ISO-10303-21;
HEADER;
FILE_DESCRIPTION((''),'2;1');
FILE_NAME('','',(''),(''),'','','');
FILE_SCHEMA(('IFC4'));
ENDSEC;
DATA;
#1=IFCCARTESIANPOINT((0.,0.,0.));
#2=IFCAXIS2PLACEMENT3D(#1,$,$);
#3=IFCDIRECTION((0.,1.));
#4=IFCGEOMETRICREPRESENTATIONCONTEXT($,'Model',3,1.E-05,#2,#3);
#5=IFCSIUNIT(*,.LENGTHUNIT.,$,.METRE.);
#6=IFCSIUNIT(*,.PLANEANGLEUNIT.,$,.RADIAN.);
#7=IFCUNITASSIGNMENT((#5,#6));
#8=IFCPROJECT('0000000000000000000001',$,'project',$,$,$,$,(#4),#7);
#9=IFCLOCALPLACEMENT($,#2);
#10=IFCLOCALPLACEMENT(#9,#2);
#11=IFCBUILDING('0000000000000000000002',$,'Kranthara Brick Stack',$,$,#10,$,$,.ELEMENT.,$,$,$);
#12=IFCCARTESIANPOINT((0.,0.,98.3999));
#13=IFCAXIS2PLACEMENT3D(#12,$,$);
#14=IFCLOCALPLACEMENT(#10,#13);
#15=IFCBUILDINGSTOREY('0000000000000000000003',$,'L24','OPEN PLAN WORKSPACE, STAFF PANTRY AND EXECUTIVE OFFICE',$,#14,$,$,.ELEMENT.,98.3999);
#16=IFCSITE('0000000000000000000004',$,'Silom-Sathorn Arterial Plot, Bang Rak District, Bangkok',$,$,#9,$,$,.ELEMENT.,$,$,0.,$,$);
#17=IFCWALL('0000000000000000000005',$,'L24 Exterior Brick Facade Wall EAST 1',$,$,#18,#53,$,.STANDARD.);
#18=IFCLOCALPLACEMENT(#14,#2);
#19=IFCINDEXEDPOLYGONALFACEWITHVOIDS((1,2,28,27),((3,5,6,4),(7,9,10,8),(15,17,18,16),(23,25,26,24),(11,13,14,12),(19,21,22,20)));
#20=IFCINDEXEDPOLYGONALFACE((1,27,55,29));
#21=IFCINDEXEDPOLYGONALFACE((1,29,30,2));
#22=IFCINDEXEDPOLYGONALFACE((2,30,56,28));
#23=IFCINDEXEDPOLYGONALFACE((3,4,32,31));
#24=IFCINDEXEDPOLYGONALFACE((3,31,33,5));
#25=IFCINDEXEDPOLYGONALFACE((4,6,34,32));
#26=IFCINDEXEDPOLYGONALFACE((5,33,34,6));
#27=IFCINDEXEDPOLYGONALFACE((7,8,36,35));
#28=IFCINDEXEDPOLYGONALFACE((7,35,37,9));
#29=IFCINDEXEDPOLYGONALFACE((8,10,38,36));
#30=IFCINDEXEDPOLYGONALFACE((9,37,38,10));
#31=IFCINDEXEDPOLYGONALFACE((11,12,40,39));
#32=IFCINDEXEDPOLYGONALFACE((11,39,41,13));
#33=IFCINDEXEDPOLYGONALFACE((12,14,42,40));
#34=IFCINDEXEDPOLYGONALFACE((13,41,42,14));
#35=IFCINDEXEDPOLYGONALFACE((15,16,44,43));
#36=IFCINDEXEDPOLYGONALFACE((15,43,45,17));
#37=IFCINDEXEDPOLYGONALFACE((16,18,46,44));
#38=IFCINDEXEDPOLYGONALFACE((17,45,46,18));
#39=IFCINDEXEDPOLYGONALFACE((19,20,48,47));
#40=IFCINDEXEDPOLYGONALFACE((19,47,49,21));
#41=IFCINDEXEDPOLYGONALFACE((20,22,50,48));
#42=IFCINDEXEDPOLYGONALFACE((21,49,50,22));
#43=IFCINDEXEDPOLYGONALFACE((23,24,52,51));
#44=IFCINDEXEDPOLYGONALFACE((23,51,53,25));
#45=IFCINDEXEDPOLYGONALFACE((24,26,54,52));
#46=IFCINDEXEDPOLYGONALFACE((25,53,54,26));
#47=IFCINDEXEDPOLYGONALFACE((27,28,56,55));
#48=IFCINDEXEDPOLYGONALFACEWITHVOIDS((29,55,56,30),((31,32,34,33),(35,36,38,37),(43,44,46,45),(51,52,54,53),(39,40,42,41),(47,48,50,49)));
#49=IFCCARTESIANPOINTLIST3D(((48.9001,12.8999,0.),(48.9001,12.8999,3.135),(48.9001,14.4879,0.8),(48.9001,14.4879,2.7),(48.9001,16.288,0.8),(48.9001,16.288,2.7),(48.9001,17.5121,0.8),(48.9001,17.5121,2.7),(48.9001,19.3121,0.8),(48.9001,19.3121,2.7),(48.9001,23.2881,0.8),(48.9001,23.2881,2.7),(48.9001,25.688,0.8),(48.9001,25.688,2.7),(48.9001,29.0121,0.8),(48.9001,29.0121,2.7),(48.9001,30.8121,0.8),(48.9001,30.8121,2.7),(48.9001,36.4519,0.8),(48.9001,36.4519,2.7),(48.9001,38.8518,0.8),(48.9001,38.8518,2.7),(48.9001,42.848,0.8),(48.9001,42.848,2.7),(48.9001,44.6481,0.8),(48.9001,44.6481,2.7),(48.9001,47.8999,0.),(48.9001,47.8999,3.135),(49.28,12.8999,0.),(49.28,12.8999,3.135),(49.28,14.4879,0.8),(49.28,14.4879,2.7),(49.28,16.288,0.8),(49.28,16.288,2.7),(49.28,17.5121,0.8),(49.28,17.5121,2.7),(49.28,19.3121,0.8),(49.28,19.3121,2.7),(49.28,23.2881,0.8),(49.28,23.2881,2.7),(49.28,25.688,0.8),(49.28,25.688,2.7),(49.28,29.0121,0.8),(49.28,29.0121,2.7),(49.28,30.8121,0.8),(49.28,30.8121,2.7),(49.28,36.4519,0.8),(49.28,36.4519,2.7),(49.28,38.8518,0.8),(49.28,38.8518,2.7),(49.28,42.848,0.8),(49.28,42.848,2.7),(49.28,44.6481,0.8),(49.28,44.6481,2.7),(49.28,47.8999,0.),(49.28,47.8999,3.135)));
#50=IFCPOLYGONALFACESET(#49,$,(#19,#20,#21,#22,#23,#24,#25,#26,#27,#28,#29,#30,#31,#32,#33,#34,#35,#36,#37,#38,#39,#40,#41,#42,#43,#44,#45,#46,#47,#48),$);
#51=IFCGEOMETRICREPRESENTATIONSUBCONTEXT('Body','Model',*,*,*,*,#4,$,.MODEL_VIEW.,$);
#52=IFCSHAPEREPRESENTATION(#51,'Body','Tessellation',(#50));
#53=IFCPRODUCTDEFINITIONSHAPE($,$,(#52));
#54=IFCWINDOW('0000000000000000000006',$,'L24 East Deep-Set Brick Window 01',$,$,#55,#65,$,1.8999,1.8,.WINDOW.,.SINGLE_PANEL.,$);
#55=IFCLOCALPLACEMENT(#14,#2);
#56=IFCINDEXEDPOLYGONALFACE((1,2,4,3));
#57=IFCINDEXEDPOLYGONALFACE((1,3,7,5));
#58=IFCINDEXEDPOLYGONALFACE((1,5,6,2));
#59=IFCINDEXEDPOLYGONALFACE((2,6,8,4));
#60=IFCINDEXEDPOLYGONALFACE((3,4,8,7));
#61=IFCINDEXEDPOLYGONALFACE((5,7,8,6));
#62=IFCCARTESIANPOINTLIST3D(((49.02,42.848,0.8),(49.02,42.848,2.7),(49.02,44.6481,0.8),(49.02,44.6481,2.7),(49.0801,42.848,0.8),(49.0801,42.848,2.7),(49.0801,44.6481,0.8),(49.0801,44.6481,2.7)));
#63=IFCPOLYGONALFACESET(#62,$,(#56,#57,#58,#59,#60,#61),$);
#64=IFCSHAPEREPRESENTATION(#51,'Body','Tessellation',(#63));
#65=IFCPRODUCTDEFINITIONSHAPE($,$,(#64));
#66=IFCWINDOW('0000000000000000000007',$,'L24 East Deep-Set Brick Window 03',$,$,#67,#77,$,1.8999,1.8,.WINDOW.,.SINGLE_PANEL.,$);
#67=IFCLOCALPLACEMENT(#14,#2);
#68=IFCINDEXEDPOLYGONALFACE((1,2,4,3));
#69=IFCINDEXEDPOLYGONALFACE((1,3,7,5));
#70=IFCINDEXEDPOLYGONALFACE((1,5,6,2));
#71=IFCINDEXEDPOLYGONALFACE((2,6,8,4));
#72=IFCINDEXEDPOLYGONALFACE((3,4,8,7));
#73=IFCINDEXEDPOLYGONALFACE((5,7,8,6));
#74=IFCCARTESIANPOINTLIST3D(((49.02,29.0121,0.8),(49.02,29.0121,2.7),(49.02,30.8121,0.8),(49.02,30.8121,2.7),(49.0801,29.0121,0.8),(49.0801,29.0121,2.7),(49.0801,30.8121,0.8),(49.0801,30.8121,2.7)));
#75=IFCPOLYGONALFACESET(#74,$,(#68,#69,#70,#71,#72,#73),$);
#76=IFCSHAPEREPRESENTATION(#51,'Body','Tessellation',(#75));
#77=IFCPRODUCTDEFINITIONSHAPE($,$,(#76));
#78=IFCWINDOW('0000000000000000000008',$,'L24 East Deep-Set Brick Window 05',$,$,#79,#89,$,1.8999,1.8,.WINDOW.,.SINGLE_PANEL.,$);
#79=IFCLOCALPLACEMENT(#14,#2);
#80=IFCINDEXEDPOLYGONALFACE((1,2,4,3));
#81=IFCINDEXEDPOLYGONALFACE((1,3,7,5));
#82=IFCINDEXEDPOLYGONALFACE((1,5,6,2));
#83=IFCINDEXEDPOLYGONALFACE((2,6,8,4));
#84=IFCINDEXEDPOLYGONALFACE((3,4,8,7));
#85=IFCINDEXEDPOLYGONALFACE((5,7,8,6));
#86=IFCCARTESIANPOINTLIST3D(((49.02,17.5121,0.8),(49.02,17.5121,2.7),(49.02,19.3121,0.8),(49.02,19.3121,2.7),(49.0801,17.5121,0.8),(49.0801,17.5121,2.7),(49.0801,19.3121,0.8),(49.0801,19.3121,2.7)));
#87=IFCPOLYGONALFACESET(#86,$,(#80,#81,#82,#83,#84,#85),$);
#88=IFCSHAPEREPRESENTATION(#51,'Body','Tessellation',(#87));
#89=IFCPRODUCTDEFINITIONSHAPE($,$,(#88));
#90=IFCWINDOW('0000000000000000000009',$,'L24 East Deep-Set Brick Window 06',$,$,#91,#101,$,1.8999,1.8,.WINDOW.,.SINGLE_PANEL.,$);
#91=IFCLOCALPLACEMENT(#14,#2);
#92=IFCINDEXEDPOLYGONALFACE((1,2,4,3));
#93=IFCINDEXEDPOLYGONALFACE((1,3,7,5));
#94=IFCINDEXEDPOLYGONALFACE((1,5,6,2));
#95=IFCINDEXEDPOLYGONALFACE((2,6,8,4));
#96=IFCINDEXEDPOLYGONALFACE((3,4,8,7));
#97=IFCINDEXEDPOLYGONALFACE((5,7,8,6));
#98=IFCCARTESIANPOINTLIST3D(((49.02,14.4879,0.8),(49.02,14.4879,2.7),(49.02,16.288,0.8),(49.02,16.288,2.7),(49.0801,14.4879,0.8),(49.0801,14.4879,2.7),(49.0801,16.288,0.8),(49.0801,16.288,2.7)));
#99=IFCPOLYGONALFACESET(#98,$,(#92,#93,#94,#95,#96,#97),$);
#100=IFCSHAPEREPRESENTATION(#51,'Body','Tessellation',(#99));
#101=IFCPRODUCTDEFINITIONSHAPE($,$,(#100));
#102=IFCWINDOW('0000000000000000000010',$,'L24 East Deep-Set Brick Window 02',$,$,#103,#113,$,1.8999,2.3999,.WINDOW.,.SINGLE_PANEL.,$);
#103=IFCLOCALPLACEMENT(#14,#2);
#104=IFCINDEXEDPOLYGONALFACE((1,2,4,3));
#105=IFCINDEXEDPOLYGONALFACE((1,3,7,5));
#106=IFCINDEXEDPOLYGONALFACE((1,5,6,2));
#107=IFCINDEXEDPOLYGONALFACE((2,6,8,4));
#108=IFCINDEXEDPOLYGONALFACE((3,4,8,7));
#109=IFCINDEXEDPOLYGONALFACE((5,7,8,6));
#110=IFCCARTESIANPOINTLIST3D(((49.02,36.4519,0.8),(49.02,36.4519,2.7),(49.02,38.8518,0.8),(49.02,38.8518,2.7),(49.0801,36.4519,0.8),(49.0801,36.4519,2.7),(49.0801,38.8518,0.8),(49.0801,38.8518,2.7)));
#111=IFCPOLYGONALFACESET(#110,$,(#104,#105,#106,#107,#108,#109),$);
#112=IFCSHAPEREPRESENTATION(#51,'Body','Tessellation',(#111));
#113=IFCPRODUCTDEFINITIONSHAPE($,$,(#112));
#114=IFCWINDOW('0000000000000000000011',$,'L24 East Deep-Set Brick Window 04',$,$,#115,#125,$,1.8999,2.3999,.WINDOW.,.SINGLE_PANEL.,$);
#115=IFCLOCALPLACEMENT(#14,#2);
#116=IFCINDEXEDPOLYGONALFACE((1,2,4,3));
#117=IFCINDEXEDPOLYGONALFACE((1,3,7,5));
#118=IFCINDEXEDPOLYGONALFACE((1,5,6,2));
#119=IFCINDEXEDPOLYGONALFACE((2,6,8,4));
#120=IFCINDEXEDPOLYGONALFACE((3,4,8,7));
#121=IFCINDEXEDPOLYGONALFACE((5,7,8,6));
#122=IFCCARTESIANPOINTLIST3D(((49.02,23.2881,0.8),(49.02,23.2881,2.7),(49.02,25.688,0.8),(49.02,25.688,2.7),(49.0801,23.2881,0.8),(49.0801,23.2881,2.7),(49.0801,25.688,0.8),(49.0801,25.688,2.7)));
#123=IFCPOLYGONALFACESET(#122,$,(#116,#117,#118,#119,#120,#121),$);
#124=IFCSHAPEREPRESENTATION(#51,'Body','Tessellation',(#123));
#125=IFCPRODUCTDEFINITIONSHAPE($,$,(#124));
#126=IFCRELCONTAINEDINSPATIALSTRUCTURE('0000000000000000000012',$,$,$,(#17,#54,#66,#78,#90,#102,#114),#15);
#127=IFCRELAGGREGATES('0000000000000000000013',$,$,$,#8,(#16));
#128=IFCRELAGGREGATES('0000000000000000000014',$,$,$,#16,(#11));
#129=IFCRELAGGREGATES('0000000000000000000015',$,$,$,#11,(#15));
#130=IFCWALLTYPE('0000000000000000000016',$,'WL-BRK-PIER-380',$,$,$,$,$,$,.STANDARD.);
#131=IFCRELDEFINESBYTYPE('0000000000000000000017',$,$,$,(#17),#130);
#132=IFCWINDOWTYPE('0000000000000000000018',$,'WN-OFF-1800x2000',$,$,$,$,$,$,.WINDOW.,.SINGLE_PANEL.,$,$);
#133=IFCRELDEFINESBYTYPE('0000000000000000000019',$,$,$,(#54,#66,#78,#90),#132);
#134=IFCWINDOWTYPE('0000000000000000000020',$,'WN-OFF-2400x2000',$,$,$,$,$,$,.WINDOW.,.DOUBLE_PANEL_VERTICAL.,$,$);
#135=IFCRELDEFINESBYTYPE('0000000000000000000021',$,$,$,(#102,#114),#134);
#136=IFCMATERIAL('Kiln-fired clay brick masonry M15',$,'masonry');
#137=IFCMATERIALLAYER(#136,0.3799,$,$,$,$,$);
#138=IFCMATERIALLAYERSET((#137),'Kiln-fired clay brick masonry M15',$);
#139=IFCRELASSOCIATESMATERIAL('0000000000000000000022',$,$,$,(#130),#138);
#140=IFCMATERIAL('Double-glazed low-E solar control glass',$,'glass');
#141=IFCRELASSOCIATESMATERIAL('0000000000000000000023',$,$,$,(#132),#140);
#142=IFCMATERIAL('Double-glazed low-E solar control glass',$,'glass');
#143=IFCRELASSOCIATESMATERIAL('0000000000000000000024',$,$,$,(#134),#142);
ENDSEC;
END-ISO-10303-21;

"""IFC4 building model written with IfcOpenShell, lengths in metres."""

from ifc_helpers import new_model, si_unit, direction, frame, frame_2d, origin, place, context, subcontext, project, spatial, rectangle, extrude, material, layer, layer_set, type_object, element, fill, save


model = new_model("IFC4")

# Units and contexts
model_context = context("Model", 3, precision=1e-05, world=origin(), true_north=direction((0.0, 1.0)))
body_context = subcontext(model_context, "Body", "Model", "MODEL_VIEW")
ifc_project = project(units=[si_unit("LENGTHUNIT", "METRE"), si_unit("PLANEANGLEUNIT", "RADIAN")], contexts=[model_context])

# Site, building, storey
site_placement = place(None, origin())
site = spatial("IfcSite", under=ifc_project, at=site_placement, Name="Silom-Sathorn Arterial Plot, Bang Rak District, Bangkok", CompositionType="ELEMENT", RefElevation=0.0)
building_placement = place(site_placement, origin())
building = spatial("IfcBuilding", under=site, at=building_placement, Name="Kranthara Brick Stack", CompositionType="ELEMENT")
storey_placement = place(building_placement, frame((0.0, 0.0, 98.3999)))
storey = spatial("IfcBuildingStorey", under=building, at=storey_placement, Name="L24", Description="OPEN PLAN WORKSPACE, STAFF PANTRY AND EXECUTIVE OFFICE", CompositionType="ELEMENT", Elevation=98.3999)

# Shared definitions
ifc_material_1 = material(Name="Kiln-fired clay brick masonry M15", Category="masonry")
ifc_layer_1 = layer(ifc_material_1, 0.3799)
ifc_layer_set_1 = layer_set([ifc_layer_1], Name="Kiln-fired clay brick masonry M15")
wall_type_1 = type_object("IfcWallType", Name="WL-BRK-PIER-380", PredefinedType="STANDARD", material=ifc_layer_set_1)

# Wall, openings, windows
wall_1_placement = place(storey_placement, frame((49.0901, 47.8999, 0.0), z_axis=(0.0, 0.0, 1.0), x_axis=(0.0, -1.0, 0.0)))
wall_1 = element("IfcWall", 1, at=wall_1_placement, inside=storey, type_object=wall_type_1, Name="L24 Exterior Brick Facade Wall EAST 1", PredefinedType="STANDARD", context=body_context, shape_type="SweptSolid", body=[
    extrude(rectangle(XDim=35.0, YDim=0.3799, at=frame_2d((17.5, 0.0))), origin(), (0.0, 0.0, 1.0), 3.135),
])
opening_1_placement = place(wall_1_placement, frame((3.252, 0.0, 0.8)))
opening_1 = element("IfcOpeningElement", 2, at=opening_1_placement, cuts=wall_1, PredefinedType="OPENING", context=body_context, shape_type="SweptSolid", body=[
    extrude(rectangle(XDim=1.8, YDim=1.8999, at=frame_2d((0.8999, 0.95))), frame((0.0, 0.2, 0.0), z_axis=(0.0, -1.0, 0.0), x_axis=(1.0, 0.0, 0.0)), (0.0, 0.0, 1.0), 0.3999),
])
opening_2_placement = place(wall_1_placement, frame((9.0481, 0.0, 0.8)))
opening_2 = element("IfcOpeningElement", 3, at=opening_2_placement, cuts=wall_1, PredefinedType="OPENING", context=body_context, shape_type="SweptSolid", body=[
    extrude(rectangle(XDim=2.3999, YDim=1.8999, at=frame_2d((1.2, 0.95))), frame((0.0, 0.2, 0.0), z_axis=(0.0, -1.0, 0.0), x_axis=(1.0, 0.0, 0.0)), (0.0, 0.0, 1.0), 0.3999),
])
opening_3_placement = place(wall_1_placement, frame((17.0879, 0.0, 0.8)))
opening_3 = element("IfcOpeningElement", 4, at=opening_3_placement, cuts=wall_1, PredefinedType="OPENING", context=body_context, shape_type="SweptSolid", body=[
    extrude(rectangle(XDim=1.8, YDim=1.8999, at=frame_2d((0.8999, 0.95))), frame((0.0, 0.2, 0.0), z_axis=(0.0, -1.0, 0.0), x_axis=(1.0, 0.0, 0.0)), (0.0, 0.0, 1.0), 0.3999),
])
opening_4_placement = place(wall_1_placement, frame((22.2119, 0.0, 0.8)))
opening_4 = element("IfcOpeningElement", 5, at=opening_4_placement, cuts=wall_1, PredefinedType="OPENING", context=body_context, shape_type="SweptSolid", body=[
    extrude(rectangle(XDim=2.3999, YDim=1.8999, at=frame_2d((1.2, 0.95))), frame((0.0, 0.2, 0.0), z_axis=(0.0, -1.0, 0.0), x_axis=(1.0, 0.0, 0.0)), (0.0, 0.0, 1.0), 0.3999),
])
opening_5_placement = place(wall_1_placement, frame((28.5879, 0.0, 0.8)))
opening_5 = element("IfcOpeningElement", 6, at=opening_5_placement, cuts=wall_1, PredefinedType="OPENING", context=body_context, shape_type="SweptSolid", body=[
    extrude(rectangle(XDim=1.8, YDim=1.8999, at=frame_2d((0.8999, 0.95))), frame((0.0, 0.2, 0.0), z_axis=(0.0, -1.0, 0.0), x_axis=(1.0, 0.0, 0.0)), (0.0, 0.0, 1.0), 0.3999),
])
opening_6_placement = place(wall_1_placement, frame((31.6121, 0.0, 0.8)))
opening_6 = element("IfcOpeningElement", 7, at=opening_6_placement, cuts=wall_1, PredefinedType="OPENING", context=body_context, shape_type="SweptSolid", body=[
    extrude(rectangle(XDim=1.8, YDim=1.8999, at=frame_2d((0.8999, 0.95))), frame((0.0, 0.2, 0.0), z_axis=(0.0, -1.0, 0.0), x_axis=(1.0, 0.0, 0.0)), (0.0, 0.0, 1.0), 0.3999),
])
ifc_material_2 = material(Name="Double-glazed low-E solar control glass", Category="glass")
window_type_1 = type_object("IfcWindowType", Name="WN-OFF-1800x2000", PartitioningType="SINGLE_PANEL", PredefinedType="WINDOW", material=ifc_material_2)
window_1_placement = place(opening_1_placement, origin())
window_1 = element("IfcWindow", 8, at=window_1_placement, inside=storey, type_object=window_type_1, Name="L24 East Deep-Set Brick Window 01", OverallHeight=1.8999, OverallWidth=1.8, PartitioningType="SINGLE_PANEL", PredefinedType="WINDOW", context=body_context, shape_type="SweptSolid", body=[
    extrude(rectangle(XDim=1.8, YDim=1.8999, at=frame_2d((0.8999, 0.95))), frame((0.0, -0.01, 0.0), z_axis=(0.0, -1.0, 0.0), x_axis=(1.0, 0.0, 0.0)), (0.0, 0.0, 1.0), 0.0601),
])
fill(opening_1, window_1)
window_2_placement = place(opening_3_placement, origin())
window_2 = element("IfcWindow", 9, at=window_2_placement, inside=storey, type_object=window_type_1, Name="L24 East Deep-Set Brick Window 03", OverallHeight=1.8999, OverallWidth=1.8, PartitioningType="SINGLE_PANEL", PredefinedType="WINDOW", context=body_context, shape_type="SweptSolid", body=[
    extrude(rectangle(XDim=1.8, YDim=1.8999, at=frame_2d((0.8999, 0.95))), frame((0.0, -0.01, 0.0), z_axis=(0.0, -1.0, 0.0), x_axis=(1.0, 0.0, 0.0)), (0.0, 0.0, 1.0), 0.0601),
])
fill(opening_3, window_2)
window_3_placement = place(opening_5_placement, origin())
window_3 = element("IfcWindow", 10, at=window_3_placement, inside=storey, type_object=window_type_1, Name="L24 East Deep-Set Brick Window 05", OverallHeight=1.8999, OverallWidth=1.8, PartitioningType="SINGLE_PANEL", PredefinedType="WINDOW", context=body_context, shape_type="SweptSolid", body=[
    extrude(rectangle(XDim=1.8, YDim=1.8999, at=frame_2d((0.8999, 0.95))), frame((0.0, -0.01, 0.0), z_axis=(0.0, -1.0, 0.0), x_axis=(1.0, 0.0, 0.0)), (0.0, 0.0, 1.0), 0.0601),
])
fill(opening_5, window_3)
window_4_placement = place(opening_6_placement, origin())
window_4 = element("IfcWindow", 11, at=window_4_placement, inside=storey, type_object=window_type_1, Name="L24 East Deep-Set Brick Window 06", OverallHeight=1.8999, OverallWidth=1.8, PartitioningType="SINGLE_PANEL", PredefinedType="WINDOW", context=body_context, shape_type="SweptSolid", body=[
    extrude(rectangle(XDim=1.8, YDim=1.8999, at=frame_2d((0.8999, 0.95))), frame((0.0, -0.01, 0.0), z_axis=(0.0, -1.0, 0.0), x_axis=(1.0, 0.0, 0.0)), (0.0, 0.0, 1.0), 0.0601),
])
fill(opening_6, window_4)
ifc_material_3 = material(Name="Double-glazed low-E solar control glass", Category="glass")
window_type_2 = type_object("IfcWindowType", Name="WN-OFF-2400x2000", PartitioningType="DOUBLE_PANEL_VERTICAL", PredefinedType="WINDOW", material=ifc_material_3)
window_5_placement = place(opening_2_placement, origin())
window_5 = element("IfcWindow", 12, at=window_5_placement, inside=storey, type_object=window_type_2, Name="L24 East Deep-Set Brick Window 02", OverallHeight=1.8999, OverallWidth=2.3999, PartitioningType="SINGLE_PANEL", PredefinedType="WINDOW", context=body_context, shape_type="SweptSolid", body=[
    extrude(rectangle(XDim=2.3999, YDim=1.8999, at=frame_2d((1.2, 0.95))), frame((0.0, -0.01, 0.0), z_axis=(0.0, -1.0, 0.0), x_axis=(1.0, 0.0, 0.0)), (0.0, 0.0, 1.0), 0.0601),
])
fill(opening_2, window_5)
window_6_placement = place(opening_4_placement, origin())
window_6 = element("IfcWindow", 13, at=window_6_placement, inside=storey, type_object=window_type_2, Name="L24 East Deep-Set Brick Window 04", OverallHeight=1.8999, OverallWidth=2.3999, PartitioningType="SINGLE_PANEL", PredefinedType="WINDOW", context=body_context, shape_type="SweptSolid", body=[
    extrude(rectangle(XDim=2.3999, YDim=1.8999, at=frame_2d((1.2, 0.95))), frame((0.0, -0.01, 0.0), z_axis=(0.0, -1.0, 0.0), x_axis=(1.0, 0.0, 0.0)), (0.0, 0.0, 1.0), 0.0601),
])
fill(opening_4, window_6)

save(model, "model.ifc")
